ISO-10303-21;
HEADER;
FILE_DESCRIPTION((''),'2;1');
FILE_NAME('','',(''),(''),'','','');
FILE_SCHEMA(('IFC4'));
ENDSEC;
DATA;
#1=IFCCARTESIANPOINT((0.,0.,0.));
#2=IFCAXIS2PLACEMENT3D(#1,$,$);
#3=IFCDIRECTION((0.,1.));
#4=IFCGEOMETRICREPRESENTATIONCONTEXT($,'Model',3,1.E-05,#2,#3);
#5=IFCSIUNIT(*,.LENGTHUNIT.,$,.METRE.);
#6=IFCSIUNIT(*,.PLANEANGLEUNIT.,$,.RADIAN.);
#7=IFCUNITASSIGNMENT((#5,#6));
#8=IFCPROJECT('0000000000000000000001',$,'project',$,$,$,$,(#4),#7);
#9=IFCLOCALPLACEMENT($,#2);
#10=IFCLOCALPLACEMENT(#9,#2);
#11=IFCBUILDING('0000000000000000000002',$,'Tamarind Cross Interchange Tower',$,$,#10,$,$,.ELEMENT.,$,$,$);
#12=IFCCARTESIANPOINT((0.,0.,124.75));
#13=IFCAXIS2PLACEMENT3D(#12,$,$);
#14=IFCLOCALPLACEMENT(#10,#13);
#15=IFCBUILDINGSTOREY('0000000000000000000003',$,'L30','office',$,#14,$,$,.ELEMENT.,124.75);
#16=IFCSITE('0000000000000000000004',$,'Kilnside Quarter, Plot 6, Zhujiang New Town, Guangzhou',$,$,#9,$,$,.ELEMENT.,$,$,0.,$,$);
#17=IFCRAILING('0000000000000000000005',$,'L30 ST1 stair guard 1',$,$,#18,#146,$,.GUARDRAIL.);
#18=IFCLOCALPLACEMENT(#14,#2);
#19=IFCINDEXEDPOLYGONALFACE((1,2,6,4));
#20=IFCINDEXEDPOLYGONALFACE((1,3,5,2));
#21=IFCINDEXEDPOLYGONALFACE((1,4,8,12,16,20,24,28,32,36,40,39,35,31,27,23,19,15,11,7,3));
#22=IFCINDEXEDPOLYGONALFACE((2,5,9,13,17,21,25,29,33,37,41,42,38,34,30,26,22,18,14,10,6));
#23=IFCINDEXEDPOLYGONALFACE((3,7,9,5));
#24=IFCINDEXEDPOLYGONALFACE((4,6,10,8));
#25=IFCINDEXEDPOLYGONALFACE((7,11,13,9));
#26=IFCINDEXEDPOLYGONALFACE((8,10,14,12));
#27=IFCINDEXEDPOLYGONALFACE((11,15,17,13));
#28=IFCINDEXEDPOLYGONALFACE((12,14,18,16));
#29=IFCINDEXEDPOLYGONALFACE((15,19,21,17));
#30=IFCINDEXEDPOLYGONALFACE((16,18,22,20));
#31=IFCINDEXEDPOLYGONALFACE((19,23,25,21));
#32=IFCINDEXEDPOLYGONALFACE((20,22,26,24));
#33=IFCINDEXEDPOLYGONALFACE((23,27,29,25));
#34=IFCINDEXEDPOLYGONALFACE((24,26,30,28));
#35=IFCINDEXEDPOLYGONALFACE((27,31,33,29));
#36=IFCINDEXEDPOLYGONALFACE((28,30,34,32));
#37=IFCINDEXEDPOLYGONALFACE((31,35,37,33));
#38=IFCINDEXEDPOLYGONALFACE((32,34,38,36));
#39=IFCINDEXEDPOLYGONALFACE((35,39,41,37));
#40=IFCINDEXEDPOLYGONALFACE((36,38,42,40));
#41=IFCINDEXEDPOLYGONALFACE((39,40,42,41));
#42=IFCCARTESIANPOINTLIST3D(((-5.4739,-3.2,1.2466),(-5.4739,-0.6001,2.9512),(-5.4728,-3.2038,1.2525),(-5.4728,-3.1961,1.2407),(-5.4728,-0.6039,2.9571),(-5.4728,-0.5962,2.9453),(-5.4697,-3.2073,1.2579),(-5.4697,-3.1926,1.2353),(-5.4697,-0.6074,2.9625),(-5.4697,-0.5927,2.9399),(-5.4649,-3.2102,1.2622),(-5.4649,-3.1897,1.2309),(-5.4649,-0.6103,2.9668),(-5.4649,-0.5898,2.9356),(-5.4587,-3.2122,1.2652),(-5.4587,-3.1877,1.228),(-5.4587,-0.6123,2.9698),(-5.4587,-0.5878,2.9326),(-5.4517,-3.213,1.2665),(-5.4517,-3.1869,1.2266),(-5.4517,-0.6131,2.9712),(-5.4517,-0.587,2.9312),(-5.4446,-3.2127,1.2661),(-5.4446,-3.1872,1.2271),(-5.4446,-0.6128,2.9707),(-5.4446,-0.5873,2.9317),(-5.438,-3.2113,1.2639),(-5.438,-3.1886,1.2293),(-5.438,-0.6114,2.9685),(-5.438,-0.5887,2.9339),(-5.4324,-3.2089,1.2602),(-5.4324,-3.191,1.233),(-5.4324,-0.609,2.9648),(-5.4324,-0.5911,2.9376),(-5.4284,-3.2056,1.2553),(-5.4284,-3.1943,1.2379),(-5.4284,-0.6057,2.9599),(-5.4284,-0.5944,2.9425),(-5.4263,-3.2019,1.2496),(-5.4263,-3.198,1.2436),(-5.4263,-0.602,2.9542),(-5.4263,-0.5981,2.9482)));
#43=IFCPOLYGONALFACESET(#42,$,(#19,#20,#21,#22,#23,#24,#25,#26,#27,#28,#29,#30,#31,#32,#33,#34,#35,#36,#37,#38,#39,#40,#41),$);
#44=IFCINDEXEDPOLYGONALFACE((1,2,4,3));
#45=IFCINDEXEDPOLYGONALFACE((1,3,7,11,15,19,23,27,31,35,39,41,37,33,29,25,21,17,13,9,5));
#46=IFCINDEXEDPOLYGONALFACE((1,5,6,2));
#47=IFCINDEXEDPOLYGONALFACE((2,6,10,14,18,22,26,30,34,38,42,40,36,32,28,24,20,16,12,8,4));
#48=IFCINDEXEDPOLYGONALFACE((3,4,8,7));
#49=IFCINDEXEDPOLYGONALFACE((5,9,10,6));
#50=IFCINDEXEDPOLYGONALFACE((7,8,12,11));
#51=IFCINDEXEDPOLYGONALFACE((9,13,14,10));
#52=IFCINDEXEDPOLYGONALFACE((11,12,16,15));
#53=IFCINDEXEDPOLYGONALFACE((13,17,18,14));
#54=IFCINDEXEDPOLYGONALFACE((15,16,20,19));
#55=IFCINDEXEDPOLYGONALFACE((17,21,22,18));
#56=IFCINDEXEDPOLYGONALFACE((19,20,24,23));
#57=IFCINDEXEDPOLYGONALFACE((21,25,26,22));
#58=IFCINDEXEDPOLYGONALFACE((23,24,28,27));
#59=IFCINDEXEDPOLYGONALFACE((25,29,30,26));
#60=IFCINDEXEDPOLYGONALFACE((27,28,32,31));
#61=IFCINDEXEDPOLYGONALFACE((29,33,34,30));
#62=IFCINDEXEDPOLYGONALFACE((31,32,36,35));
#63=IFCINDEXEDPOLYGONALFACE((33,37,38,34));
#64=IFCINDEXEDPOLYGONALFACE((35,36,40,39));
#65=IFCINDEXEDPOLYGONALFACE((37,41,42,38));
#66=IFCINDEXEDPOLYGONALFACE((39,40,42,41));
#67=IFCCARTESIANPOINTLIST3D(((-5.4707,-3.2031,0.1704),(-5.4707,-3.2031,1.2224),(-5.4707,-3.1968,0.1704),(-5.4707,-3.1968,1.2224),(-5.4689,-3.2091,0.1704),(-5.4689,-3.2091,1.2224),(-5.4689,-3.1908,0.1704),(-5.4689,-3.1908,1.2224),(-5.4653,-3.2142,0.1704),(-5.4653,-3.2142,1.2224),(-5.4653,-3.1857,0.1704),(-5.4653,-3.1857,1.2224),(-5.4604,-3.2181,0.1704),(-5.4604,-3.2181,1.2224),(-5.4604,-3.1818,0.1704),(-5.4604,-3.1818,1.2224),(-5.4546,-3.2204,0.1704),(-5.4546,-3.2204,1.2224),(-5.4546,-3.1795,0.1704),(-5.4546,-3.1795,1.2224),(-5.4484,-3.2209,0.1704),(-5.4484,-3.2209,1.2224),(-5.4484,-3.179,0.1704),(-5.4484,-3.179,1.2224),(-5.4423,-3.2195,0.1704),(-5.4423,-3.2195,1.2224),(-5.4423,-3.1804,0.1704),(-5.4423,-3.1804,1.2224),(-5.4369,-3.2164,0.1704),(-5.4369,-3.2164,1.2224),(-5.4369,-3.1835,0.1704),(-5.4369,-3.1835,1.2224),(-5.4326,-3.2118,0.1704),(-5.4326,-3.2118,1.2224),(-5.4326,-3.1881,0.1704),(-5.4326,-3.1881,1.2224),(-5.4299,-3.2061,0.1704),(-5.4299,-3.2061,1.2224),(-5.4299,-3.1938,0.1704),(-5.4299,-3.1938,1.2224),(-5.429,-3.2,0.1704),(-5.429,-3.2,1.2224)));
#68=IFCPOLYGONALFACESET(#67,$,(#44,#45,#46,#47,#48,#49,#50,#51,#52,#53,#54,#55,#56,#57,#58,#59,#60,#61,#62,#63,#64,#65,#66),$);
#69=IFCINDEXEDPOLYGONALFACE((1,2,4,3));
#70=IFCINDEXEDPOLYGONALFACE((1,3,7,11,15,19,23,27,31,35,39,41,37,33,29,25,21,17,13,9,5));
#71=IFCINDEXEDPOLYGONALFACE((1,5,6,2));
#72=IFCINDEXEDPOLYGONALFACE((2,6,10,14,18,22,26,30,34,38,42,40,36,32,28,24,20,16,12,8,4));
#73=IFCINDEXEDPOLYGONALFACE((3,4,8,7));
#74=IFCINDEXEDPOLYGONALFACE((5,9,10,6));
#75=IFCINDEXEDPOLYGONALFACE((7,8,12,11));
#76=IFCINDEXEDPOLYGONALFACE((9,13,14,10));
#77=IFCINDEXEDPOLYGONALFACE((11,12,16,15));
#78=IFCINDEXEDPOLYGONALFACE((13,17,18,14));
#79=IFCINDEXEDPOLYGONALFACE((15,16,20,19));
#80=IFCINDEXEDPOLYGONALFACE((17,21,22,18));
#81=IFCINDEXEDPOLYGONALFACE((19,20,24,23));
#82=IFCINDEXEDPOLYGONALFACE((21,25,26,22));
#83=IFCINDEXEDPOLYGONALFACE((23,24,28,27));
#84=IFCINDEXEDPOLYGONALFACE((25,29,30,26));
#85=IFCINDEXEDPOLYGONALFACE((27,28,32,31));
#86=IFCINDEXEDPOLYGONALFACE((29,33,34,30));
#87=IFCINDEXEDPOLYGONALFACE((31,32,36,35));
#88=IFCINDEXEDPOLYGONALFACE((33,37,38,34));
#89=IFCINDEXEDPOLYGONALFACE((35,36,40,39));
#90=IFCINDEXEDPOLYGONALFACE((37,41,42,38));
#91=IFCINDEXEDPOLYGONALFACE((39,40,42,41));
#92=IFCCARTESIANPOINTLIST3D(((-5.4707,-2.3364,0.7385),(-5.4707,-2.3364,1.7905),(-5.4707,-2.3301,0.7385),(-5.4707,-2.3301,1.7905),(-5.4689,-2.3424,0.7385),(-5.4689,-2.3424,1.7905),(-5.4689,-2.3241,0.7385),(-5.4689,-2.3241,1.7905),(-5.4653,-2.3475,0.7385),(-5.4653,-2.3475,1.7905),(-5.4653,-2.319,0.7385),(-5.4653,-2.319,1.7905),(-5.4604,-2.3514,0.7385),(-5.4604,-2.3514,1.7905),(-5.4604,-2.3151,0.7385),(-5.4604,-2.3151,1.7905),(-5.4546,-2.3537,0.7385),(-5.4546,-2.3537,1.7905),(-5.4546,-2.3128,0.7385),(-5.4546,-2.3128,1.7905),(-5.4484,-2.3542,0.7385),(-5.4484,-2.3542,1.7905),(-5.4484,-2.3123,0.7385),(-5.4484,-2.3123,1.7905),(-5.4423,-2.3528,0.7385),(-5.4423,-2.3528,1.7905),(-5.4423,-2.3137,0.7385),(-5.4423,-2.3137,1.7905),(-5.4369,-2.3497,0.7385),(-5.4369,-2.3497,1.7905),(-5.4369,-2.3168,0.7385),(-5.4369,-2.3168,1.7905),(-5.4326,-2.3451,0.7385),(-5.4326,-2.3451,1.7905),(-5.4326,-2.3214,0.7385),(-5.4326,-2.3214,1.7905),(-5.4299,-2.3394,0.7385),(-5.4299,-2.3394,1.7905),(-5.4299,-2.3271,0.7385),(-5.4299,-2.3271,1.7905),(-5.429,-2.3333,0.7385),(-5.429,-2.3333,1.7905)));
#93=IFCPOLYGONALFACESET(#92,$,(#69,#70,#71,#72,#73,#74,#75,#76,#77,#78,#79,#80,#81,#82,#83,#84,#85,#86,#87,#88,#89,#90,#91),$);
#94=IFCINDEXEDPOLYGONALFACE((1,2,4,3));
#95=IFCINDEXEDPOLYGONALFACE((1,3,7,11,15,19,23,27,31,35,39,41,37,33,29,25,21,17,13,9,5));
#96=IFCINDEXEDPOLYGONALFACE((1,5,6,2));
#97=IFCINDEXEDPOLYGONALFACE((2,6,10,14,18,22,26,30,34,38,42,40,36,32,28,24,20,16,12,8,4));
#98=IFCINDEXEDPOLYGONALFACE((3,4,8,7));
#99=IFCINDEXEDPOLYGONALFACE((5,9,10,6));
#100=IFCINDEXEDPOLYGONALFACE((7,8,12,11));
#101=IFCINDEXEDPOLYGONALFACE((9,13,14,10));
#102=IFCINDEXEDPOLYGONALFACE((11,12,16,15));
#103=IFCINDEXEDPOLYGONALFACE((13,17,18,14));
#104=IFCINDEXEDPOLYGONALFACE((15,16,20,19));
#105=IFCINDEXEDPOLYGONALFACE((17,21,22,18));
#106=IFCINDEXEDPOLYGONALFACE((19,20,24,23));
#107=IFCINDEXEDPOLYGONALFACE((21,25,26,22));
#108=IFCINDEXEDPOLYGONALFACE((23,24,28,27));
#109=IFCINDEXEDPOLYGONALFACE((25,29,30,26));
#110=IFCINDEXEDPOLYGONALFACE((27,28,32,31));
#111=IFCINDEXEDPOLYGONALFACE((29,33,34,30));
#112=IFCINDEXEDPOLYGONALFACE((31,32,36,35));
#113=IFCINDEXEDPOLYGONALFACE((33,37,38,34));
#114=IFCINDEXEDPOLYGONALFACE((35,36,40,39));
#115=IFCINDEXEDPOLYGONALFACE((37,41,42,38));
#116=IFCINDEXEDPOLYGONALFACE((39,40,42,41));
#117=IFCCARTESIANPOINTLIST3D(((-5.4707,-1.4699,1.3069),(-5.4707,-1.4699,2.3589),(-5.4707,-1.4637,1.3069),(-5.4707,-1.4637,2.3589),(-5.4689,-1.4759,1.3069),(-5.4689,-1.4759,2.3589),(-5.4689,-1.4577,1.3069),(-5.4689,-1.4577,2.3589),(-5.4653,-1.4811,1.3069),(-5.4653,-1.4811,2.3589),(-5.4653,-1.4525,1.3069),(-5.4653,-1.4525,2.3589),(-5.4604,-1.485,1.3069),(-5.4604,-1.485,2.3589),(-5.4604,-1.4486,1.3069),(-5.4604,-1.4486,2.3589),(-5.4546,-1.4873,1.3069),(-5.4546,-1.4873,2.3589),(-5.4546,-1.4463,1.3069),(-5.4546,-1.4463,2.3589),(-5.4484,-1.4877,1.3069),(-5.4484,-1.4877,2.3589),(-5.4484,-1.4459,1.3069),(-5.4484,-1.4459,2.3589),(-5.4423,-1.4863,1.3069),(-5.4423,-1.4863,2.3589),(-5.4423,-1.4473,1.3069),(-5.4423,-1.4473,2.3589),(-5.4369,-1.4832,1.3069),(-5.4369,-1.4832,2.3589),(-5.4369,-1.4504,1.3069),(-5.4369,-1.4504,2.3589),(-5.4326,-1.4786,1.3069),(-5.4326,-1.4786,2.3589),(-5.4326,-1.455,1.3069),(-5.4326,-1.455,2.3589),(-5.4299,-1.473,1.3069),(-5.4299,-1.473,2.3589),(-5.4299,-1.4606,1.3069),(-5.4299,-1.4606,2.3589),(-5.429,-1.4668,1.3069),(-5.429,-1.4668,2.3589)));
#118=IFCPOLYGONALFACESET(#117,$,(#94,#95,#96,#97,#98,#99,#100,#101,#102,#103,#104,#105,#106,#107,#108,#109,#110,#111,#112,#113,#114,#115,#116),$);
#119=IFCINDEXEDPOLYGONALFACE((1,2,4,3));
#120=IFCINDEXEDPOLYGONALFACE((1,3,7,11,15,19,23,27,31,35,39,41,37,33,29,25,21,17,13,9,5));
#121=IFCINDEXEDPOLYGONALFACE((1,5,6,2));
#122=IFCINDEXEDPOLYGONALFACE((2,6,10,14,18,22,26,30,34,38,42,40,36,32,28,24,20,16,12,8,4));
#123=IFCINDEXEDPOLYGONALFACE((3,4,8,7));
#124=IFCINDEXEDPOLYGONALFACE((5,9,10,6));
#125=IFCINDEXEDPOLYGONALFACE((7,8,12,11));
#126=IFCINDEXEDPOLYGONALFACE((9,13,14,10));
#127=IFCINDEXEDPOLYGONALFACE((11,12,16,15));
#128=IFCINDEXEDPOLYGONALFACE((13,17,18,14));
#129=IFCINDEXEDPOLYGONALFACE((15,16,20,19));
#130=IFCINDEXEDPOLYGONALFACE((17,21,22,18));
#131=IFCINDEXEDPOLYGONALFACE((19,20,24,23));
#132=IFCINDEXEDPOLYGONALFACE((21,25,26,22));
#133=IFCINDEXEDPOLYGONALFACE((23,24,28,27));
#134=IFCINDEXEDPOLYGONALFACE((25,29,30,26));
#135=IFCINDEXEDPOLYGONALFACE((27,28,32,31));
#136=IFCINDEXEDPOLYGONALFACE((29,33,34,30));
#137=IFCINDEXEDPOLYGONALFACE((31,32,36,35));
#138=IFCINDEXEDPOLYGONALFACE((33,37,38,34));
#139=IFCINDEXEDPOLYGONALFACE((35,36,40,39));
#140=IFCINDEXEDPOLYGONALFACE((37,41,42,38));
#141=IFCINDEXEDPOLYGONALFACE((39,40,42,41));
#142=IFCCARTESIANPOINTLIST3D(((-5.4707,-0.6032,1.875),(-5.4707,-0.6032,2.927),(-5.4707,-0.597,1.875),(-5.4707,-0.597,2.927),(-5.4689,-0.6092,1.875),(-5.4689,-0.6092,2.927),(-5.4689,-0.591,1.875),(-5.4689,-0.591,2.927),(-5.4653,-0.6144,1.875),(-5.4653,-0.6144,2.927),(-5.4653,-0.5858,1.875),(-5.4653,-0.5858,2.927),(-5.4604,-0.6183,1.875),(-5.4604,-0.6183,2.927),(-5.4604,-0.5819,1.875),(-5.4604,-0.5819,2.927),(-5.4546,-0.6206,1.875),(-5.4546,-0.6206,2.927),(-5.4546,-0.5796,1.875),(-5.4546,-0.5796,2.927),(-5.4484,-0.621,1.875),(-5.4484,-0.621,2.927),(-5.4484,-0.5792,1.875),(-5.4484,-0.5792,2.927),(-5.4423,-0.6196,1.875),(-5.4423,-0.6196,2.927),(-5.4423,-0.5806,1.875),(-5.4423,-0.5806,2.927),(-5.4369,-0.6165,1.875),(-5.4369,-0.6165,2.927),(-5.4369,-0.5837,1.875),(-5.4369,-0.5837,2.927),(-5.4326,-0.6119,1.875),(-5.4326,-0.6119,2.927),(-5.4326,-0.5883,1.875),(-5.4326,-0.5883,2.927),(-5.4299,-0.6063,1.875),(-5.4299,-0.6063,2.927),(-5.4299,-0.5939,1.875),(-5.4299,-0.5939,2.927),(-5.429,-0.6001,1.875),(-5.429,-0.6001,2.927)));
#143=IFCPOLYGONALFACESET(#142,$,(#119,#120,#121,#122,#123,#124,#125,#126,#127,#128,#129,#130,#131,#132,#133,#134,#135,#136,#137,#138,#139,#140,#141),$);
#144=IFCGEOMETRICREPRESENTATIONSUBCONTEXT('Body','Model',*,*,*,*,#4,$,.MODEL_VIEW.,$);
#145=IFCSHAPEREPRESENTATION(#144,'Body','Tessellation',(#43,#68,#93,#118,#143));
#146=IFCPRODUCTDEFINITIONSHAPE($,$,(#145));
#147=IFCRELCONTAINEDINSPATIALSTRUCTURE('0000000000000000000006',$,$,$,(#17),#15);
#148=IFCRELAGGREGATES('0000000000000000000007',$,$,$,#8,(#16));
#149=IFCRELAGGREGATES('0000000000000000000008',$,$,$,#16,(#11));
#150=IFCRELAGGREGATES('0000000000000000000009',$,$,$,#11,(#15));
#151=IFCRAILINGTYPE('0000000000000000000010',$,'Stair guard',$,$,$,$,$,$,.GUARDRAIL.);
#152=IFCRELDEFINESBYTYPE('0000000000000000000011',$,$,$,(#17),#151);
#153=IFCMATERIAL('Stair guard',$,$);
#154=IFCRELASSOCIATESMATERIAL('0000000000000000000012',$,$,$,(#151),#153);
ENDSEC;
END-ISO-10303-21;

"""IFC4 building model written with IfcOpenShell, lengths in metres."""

from ifc_helpers import new_model, si_unit, direction, frame, origin, origin_2d, place, context, subcontext, project, spatial, circle, extrude, material, type_object, element, save


model = new_model("IFC4")

# Units and contexts
model_context = context("Model", 3, precision=1e-05, world=origin(), true_north=direction((0.0, 1.0)))
body_context = subcontext(model_context, "Body", "Model", "MODEL_VIEW")
ifc_project = project(units=[si_unit("LENGTHUNIT", "METRE"), si_unit("PLANEANGLEUNIT", "RADIAN")], contexts=[model_context])

# Site, building, storey
site_placement = place(None, origin())
site = spatial("IfcSite", under=ifc_project, at=site_placement, Name="Kilnside Quarter, Plot 6, Zhujiang New Town, Guangzhou", CompositionType="ELEMENT", RefElevation=0.0)
building_placement = place(site_placement, origin())
building = spatial("IfcBuilding", under=site, at=building_placement, Name="Tamarind Cross Interchange Tower", CompositionType="ELEMENT")
storey_placement = place(building_placement, frame((0.0, 0.0, 124.75)))
storey = spatial("IfcBuildingStorey", under=building, at=storey_placement, Name="L30", Description="office", CompositionType="ELEMENT", Elevation=124.75)

# Railing
ifc_material_1 = material(Name="Stair guard")
railing_type_1 = type_object("IfcRailingType", Name="Stair guard", PredefinedType="GUARDRAIL", material=ifc_material_1)
railing_1_placement = place(storey_placement, frame((-5.45, -3.2, 0.1704)))
element("IfcRailing", 1, at=railing_1_placement, inside=storey, type_object=railing_type_1, Name="L30 ST1 stair guard 1", PredefinedType="GUARDRAIL", context=body_context, shape_type="SweptSolid", body=[
    extrude(circle(Radius=0.0239, at=origin_2d()), frame((0.0, 0.0, 1.0762), z_axis=(0.0, 0.836279, 0.548305), x_axis=(-1.0, 0.0, 0.0)), (0.0, 0.0, 1.0), 3.1089),
    extrude(circle(Radius=0.021, at=origin_2d()), origin(), (0.0, 0.0, 1.0), 1.052),
    extrude(circle(Radius=0.021, at=origin_2d()), frame((0.0, 0.8667, 0.5681)), (0.0, 0.0, 1.0), 1.052),
    extrude(circle(Radius=0.021, at=origin_2d()), frame((0.0, 1.7332, 1.1365)), (0.0, 0.0, 1.0), 1.052),
    extrude(circle(Radius=0.021, at=origin_2d()), frame((0.0, 2.5999, 1.7046)), (0.0, 0.0, 1.0), 1.052),
])

save(model, "model.ifc")
